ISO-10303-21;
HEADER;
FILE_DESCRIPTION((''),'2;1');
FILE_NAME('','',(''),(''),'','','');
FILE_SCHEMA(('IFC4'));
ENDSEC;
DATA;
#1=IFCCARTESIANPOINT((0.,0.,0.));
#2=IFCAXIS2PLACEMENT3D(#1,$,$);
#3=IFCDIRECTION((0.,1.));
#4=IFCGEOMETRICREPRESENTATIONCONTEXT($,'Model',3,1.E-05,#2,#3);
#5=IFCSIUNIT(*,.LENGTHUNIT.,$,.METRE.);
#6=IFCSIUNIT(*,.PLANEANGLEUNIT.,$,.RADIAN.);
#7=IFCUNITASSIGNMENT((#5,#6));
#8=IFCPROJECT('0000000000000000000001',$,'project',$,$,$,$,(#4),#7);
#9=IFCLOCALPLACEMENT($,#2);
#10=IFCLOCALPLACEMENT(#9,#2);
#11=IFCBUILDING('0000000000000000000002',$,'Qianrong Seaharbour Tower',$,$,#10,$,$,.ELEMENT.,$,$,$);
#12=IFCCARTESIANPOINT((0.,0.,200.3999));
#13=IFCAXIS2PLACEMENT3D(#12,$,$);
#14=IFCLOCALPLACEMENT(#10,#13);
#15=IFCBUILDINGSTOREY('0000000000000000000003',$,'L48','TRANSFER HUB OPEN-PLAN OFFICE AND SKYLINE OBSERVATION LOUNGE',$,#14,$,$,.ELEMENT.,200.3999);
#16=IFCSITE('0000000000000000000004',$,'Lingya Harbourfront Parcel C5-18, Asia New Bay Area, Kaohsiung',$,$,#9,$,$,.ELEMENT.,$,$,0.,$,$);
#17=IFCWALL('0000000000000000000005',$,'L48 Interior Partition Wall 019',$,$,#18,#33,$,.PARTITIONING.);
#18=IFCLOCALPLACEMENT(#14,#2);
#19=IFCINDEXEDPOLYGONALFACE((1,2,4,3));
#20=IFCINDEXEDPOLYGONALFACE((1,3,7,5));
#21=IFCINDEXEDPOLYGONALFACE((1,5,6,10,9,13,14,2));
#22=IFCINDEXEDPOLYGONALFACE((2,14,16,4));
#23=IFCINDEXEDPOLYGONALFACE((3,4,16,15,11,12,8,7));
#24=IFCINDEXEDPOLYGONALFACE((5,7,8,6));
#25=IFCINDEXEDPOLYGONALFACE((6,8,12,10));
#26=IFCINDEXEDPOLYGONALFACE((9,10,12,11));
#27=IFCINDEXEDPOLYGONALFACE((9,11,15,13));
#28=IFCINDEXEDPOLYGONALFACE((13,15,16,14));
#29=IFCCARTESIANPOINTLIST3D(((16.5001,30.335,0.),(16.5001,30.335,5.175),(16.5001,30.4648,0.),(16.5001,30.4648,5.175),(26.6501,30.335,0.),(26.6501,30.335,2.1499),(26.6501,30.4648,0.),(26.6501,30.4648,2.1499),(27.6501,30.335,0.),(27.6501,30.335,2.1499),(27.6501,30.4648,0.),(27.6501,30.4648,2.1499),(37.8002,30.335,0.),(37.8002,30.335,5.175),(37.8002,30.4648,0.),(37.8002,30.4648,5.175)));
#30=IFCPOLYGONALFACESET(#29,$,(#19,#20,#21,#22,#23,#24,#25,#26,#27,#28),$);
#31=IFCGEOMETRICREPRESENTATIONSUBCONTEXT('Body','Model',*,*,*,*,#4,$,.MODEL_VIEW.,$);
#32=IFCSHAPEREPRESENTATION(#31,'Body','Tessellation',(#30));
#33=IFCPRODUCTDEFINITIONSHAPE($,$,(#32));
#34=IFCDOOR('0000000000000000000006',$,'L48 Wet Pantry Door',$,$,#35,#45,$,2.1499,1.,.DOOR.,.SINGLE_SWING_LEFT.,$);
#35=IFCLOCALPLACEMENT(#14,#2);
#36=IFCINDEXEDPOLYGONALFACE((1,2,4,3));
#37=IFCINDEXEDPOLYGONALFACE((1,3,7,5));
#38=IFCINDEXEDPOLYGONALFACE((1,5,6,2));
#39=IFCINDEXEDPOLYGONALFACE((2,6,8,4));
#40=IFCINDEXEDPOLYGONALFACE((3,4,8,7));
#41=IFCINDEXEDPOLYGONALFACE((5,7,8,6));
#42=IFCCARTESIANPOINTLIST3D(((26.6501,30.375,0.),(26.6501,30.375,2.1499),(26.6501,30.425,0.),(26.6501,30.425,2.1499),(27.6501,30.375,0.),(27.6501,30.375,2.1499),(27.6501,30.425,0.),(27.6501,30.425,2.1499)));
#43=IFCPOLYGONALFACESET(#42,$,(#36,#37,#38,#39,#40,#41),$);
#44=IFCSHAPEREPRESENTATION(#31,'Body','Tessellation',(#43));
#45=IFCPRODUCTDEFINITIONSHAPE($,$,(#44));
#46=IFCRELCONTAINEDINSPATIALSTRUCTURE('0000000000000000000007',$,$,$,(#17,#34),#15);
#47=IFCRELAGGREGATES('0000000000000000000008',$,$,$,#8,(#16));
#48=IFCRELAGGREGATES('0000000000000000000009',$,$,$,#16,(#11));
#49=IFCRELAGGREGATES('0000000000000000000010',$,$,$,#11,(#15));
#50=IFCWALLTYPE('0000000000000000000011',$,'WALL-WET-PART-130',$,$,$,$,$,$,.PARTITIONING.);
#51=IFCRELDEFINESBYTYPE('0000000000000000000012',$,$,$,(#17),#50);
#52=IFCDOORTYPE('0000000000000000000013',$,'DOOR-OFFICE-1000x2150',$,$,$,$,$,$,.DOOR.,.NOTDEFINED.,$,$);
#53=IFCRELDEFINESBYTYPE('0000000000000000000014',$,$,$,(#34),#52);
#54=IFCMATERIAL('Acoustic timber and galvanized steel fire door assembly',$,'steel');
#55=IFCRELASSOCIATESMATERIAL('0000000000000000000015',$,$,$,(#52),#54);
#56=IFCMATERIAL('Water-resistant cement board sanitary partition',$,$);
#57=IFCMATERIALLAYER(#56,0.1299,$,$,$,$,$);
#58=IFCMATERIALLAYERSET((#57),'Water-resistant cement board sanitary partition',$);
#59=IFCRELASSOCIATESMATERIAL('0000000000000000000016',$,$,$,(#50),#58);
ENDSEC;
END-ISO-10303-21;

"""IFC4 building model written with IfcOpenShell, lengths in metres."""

from ifc_helpers import new_model, si_unit, direction, frame, frame_2d, origin, place, context, subcontext, project, spatial, rectangle, extrude, material, layer, layer_set, type_object, element, fill, save


model = new_model("IFC4")

# Units and contexts
model_context = context("Model", 3, precision=1e-05, world=origin(), true_north=direction((0.0, 1.0)))
body_context = subcontext(model_context, "Body", "Model", "MODEL_VIEW")
ifc_project = project(units=[si_unit("LENGTHUNIT", "METRE"), si_unit("PLANEANGLEUNIT", "RADIAN")], contexts=[model_context])

# Site, building, storey
site_placement = place(None, origin())
site = spatial("IfcSite", under=ifc_project, at=site_placement, Name="Lingya Harbourfront Parcel C5-18, Asia New Bay Area, Kaohsiung", CompositionType="ELEMENT", RefElevation=0.0)
building_placement = place(site_placement, origin())
building = spatial("IfcBuilding", under=site, at=building_placement, Name="Qianrong Seaharbour Tower", CompositionType="ELEMENT")
storey_placement = place(building_placement, frame((0.0, 0.0, 200.3999)))
storey = spatial("IfcBuildingStorey", under=building, at=storey_placement, Name="L48", Description="TRANSFER HUB OPEN-PLAN OFFICE AND SKYLINE OBSERVATION LOUNGE", CompositionType="ELEMENT", Elevation=200.3999)

# Shared definitions
ifc_material_1 = material(Name="Acoustic timber and galvanized steel fire door assembly", Category="steel")
door_type_1 = type_object("IfcDoorType", Name="DOOR-OFFICE-1000x2150", OperationType="NOTDEFINED", PredefinedType="DOOR", material=ifc_material_1)

# Wall, opening, door
ifc_material_2 = material(Name="Water-resistant cement board sanitary partition")
ifc_layer_1 = layer(ifc_material_2, 0.1299)
ifc_layer_set_1 = layer_set([ifc_layer_1], Name="Water-resistant cement board sanitary partition")
wall_type_1 = type_object("IfcWallType", Name="WALL-WET-PART-130", PredefinedType="PARTITIONING", material=ifc_layer_set_1)
wall_1_placement = place(storey_placement, frame((37.8, 30.3999, 0.0), z_axis=(0.0, 0.0, 1.0), x_axis=(-1.0, 0.0, 0.0)))
wall_1 = element("IfcWall", 1, at=wall_1_placement, inside=storey, type_object=wall_type_1, Name="L48 Interior Partition Wall 019", PredefinedType="PARTITIONING", context=body_context, shape_type="SweptSolid", body=[
    extrude(rectangle(XDim=21.3, YDim=0.1299, at=frame_2d((10.6499, 0.0))), origin(), (0.0, 0.0, 1.0), 5.175),
])
opening_1_placement = place(wall_1_placement, frame((10.1499, 0.0, 0.0)))
opening_1 = element("IfcOpeningElement", 2, at=opening_1_placement, cuts=wall_1, PredefinedType="OPENING", context=body_context, shape_type="SweptSolid", body=[
    extrude(rectangle(XDim=1.0, YDim=2.1499, at=frame_2d((0.5, 1.075))), frame((0.0, 0.075, 0.0), z_axis=(0.0, -1.0, 0.0), x_axis=(1.0, 0.0, 0.0)), (0.0, 0.0, 1.0), 0.1499),
])
door_1_placement = place(opening_1_placement, origin())
door_1 = element("IfcDoor", 3, at=door_1_placement, inside=storey, type_object=door_type_1, Name="L48 Wet Pantry Door", OperationType="SINGLE_SWING_LEFT", OverallHeight=2.1499, OverallWidth=1.0, PredefinedType="DOOR", context=body_context, shape_type="SweptSolid", body=[
    extrude(rectangle(XDim=1.0, YDim=2.1499, at=frame_2d((0.5, 1.075))), frame((0.0, 0.0249, 0.0), z_axis=(0.0, -1.0, 0.0), x_axis=(1.0, 0.0, 0.0)), (0.0, 0.0, 1.0), 0.05),
])
fill(opening_1, door_1)

save(model, "model.ifc")
